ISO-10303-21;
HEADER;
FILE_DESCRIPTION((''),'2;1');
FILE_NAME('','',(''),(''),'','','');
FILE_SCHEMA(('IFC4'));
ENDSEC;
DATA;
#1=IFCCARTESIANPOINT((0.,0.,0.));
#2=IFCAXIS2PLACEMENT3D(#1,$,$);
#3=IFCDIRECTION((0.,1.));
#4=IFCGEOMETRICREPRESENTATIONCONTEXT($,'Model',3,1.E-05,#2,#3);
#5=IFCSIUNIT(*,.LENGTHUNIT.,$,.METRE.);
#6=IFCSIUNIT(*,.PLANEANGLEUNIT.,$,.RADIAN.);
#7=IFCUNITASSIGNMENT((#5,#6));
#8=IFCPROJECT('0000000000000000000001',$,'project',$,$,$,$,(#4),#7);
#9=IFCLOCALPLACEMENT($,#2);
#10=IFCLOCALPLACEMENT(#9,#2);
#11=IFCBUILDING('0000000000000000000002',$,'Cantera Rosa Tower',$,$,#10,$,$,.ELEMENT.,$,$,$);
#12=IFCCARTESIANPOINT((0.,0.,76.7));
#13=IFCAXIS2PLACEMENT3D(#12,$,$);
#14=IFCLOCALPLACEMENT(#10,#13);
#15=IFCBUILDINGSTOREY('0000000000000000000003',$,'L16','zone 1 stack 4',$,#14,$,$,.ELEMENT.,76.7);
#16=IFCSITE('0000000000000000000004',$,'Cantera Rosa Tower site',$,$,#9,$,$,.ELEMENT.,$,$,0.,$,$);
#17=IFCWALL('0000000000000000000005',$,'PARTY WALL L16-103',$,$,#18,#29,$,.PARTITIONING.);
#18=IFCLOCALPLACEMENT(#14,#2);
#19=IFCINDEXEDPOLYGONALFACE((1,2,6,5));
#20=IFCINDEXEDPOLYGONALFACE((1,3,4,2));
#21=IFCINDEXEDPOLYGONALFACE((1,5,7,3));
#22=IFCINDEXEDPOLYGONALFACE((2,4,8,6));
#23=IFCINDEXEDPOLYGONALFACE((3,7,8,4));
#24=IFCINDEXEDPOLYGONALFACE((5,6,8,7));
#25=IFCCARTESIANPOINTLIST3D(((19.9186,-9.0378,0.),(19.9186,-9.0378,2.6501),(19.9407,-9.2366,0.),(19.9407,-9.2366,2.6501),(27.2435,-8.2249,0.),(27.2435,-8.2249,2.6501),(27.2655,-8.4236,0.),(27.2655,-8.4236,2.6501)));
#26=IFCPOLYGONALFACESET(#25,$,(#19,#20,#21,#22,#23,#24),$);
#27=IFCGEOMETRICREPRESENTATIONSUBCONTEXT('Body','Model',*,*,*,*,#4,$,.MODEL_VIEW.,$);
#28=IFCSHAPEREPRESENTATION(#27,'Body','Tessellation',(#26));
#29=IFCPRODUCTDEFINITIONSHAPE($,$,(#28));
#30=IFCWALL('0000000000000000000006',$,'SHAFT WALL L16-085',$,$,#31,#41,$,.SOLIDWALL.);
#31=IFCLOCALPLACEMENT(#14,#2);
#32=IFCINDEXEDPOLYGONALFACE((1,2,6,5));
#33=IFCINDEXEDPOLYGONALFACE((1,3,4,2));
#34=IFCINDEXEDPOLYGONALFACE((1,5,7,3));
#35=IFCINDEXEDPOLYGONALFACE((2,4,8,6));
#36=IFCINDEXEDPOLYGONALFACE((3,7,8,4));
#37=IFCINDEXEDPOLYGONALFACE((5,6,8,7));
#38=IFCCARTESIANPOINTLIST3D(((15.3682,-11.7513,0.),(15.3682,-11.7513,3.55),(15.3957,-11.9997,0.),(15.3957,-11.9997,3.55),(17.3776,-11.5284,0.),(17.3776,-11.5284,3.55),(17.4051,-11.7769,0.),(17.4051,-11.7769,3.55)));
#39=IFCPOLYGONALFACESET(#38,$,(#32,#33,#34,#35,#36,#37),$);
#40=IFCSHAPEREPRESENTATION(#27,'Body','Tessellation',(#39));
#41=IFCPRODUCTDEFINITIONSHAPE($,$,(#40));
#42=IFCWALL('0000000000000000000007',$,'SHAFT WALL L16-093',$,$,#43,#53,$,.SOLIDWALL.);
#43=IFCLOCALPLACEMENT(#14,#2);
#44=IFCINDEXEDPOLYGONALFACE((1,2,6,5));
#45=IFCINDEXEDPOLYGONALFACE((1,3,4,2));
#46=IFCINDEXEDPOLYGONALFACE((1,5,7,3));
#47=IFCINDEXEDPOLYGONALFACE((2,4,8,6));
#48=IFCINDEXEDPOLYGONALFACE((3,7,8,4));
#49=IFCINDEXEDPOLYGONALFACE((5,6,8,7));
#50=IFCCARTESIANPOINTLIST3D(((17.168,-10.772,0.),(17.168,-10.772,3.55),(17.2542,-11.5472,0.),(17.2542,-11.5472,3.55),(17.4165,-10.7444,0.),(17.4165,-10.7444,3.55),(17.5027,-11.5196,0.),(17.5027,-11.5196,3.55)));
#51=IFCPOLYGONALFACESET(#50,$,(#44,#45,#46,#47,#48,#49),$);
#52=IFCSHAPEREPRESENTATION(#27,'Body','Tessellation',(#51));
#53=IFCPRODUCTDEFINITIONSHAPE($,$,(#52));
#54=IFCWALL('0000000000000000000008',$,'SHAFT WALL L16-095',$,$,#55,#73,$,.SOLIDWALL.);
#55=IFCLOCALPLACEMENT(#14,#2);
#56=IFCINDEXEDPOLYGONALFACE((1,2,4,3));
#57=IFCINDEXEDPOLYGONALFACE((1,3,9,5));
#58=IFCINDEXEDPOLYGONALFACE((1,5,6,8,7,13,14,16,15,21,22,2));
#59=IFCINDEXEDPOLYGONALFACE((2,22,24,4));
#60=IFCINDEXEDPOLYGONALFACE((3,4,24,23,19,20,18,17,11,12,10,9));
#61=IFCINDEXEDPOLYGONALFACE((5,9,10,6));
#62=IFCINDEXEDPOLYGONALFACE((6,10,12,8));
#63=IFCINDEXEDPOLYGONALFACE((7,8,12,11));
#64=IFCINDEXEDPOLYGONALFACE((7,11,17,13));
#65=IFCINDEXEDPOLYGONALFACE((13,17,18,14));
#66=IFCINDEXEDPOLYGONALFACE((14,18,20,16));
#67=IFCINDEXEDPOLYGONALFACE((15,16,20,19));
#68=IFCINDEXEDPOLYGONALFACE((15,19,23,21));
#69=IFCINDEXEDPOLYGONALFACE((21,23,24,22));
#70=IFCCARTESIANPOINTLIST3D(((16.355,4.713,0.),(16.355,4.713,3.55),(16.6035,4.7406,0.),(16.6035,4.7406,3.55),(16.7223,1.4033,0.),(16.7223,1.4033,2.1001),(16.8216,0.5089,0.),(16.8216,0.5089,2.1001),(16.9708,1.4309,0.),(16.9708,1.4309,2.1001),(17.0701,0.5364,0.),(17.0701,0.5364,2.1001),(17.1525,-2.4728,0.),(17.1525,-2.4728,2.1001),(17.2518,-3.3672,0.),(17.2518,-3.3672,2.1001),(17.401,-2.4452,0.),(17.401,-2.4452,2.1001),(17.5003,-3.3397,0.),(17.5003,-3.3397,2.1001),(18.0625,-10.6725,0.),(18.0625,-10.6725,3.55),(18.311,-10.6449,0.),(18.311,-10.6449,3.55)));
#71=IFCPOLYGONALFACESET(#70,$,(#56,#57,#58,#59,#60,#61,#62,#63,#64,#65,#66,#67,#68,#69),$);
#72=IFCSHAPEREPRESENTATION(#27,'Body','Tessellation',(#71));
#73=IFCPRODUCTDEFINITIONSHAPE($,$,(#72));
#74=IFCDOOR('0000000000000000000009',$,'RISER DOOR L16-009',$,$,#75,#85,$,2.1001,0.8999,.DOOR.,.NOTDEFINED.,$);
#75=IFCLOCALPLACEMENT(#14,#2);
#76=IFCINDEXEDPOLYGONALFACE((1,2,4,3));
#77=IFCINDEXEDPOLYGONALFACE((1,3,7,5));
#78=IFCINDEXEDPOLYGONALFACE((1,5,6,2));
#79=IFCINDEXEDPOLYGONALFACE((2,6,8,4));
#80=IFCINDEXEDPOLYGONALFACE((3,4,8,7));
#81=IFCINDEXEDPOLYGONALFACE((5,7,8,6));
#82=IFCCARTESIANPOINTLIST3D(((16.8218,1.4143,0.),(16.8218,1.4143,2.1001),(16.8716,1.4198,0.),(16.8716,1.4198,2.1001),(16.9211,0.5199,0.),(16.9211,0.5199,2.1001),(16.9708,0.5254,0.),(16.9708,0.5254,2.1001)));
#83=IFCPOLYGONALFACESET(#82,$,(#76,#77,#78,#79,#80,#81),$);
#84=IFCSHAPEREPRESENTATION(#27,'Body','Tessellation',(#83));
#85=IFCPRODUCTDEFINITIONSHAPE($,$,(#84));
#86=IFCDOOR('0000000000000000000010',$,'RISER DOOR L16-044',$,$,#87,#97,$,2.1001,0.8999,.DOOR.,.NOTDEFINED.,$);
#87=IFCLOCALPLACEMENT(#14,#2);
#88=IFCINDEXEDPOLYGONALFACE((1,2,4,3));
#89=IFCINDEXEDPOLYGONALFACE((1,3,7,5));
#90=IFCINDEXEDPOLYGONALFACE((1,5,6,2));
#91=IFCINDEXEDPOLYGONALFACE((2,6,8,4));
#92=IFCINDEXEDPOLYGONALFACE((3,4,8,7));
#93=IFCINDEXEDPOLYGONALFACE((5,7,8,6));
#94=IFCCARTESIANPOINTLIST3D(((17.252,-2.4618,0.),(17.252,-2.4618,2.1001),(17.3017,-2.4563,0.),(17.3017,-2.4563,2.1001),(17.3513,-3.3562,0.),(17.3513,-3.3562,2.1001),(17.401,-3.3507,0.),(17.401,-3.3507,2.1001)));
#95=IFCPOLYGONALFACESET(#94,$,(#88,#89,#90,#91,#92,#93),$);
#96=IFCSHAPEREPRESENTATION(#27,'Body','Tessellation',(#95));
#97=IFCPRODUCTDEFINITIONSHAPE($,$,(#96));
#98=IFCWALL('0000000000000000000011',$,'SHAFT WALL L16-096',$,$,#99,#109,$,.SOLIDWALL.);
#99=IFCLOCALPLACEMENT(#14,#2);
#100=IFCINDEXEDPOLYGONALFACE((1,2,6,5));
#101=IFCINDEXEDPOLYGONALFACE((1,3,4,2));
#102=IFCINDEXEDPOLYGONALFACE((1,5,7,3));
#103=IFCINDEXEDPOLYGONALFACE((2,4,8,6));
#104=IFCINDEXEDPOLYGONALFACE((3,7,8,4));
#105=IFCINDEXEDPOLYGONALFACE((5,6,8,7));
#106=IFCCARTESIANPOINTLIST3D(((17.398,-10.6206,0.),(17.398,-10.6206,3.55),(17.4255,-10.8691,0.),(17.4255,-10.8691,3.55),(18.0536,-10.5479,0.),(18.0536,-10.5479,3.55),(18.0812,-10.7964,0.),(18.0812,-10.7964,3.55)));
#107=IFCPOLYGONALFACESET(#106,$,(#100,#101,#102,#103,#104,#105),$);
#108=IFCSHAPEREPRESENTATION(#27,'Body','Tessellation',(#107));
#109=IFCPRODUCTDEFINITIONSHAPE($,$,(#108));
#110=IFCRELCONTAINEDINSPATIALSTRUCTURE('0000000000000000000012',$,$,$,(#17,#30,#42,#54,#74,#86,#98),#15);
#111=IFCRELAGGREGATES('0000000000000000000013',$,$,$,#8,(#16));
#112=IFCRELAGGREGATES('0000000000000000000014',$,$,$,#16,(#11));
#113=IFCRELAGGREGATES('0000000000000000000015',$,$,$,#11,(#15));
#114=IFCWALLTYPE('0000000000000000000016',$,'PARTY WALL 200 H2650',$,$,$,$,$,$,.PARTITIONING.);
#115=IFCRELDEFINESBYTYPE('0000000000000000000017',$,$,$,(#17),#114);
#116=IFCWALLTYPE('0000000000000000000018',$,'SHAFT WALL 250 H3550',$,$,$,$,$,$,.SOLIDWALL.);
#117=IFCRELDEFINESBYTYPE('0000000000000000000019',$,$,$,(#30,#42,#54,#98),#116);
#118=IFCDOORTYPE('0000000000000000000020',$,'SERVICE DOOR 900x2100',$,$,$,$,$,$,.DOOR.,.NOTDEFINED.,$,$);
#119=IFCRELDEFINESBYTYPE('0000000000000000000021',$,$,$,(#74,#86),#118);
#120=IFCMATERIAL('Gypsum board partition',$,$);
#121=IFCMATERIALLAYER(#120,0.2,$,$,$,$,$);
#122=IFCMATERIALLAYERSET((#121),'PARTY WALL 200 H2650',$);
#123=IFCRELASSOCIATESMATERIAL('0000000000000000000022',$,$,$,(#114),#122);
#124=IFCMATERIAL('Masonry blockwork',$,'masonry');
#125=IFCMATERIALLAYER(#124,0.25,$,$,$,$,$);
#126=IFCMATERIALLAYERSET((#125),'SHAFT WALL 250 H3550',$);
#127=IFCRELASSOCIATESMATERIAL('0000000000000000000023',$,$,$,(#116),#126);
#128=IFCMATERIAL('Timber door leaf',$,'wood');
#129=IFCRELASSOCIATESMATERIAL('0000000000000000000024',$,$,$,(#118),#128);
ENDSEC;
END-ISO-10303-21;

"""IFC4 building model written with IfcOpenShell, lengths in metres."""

from ifc_helpers import new_model, si_unit, direction, frame, frame_2d, origin, place, context, subcontext, project, spatial, rectangle, extrude, material, layer, layer_set, type_object, element, fill, save


model = new_model("IFC4")

# Units and contexts
model_context = context("Model", 3, precision=1e-05, world=origin(), true_north=direction((0.0, 1.0)))
body_context = subcontext(model_context, "Body", "Model", "MODEL_VIEW")
ifc_project = project(units=[si_unit("LENGTHUNIT", "METRE"), si_unit("PLANEANGLEUNIT", "RADIAN")], contexts=[model_context])

# Site, building, storey
site_placement = place(None, origin())
site = spatial("IfcSite", under=ifc_project, at=site_placement, Name="Cantera Rosa Tower site", CompositionType="ELEMENT", RefElevation=0.0)
building_placement = place(site_placement, origin())
building = spatial("IfcBuilding", under=site, at=building_placement, Name="Cantera Rosa Tower", CompositionType="ELEMENT")
storey_placement = place(building_placement, frame((0.0, 0.0, 76.7)))
storey = spatial("IfcBuildingStorey", under=building, at=storey_placement, Name="L16", Description="zone 1 stack 4", CompositionType="ELEMENT", Elevation=76.7)

# Walls
ifc_material_1 = material(Name="Gypsum board partition")
ifc_layer_1 = layer(ifc_material_1, 0.2)
ifc_layer_set_1 = layer_set([ifc_layer_1], Name="PARTY WALL 200 H2650")
wall_type_1 = type_object("IfcWallType", Name="PARTY WALL 200 H2650", PredefinedType="PARTITIONING", material=ifc_layer_set_1)
wall_1_placement = place(storey_placement, frame((27.2546, -8.3242, 0.0), z_axis=(0.0, 0.0, 1.0), x_axis=(-0.993897, -0.110312, 0.0)))
element("IfcWall", 1, at=wall_1_placement, inside=storey, type_object=wall_type_1, Name="PARTY WALL L16-103", PredefinedType="PARTITIONING", context=body_context, shape_type="SweptSolid", body=[
    extrude(rectangle(XDim=7.3699, YDim=0.2, at=frame_2d((3.6851, 0.0))), origin(), (0.0, 0.0, 1.0), 2.6501),
])
ifc_material_2 = material(Name="Masonry blockwork", Category="masonry")
ifc_layer_2 = layer(ifc_material_2, 0.25)
ifc_layer_set_2 = layer_set([ifc_layer_2], Name="SHAFT WALL 250 H3550")
wall_type_2 = type_object("IfcWallType", Name="SHAFT WALL 250 H3550", PredefinedType="SOLIDWALL", material=ifc_layer_set_2)
wall_2_placement = place(storey_placement, frame((15.3821, -11.8755, 0.0), z_axis=(0.0, 0.0, 1.0), x_axis=(0.993904, 0.110246, 0.0)))
element("IfcWall", 2, at=wall_2_placement, inside=storey, type_object=wall_type_2, Name="SHAFT WALL L16-085", PredefinedType="SOLIDWALL", context=body_context, shape_type="SweptSolid", body=[
    extrude(rectangle(XDim=2.0217, YDim=0.25, at=frame_2d((1.0107, 0.0))), origin(), (0.0, 0.0, 1.0), 3.55),
])
wall_3_placement = place(storey_placement, frame((17.2922, -10.7581, 0.0), z_axis=(0.0, 0.0, 1.0), x_axis=(0.1105, -0.993876, 0.0)))
element("IfcWall", 3, at=wall_3_placement, inside=storey, type_object=wall_type_2, Name="SHAFT WALL L16-093", PredefinedType="SOLIDWALL", context=body_context, shape_type="SweptSolid", body=[
    extrude(rectangle(XDim=0.78, YDim=0.25, at=frame_2d((0.3901, 0.0))), origin(), (0.0, 0.0, 1.0), 3.55),
])

# Wall, openings, doors
wall_4_placement = place(storey_placement, frame((18.1868, -10.6587, 0.0), z_axis=(0.0, 0.0, 1.0), x_axis=(-0.110305, 0.993898, 0.0)))
wall_4 = element("IfcWall", 4, at=wall_4_placement, inside=storey, type_object=wall_type_2, Name="SHAFT WALL L16-095", PredefinedType="SOLIDWALL", context=body_context, shape_type="SweptSolid", body=[
    extrude(rectangle(XDim=15.48, YDim=0.25, at=frame_2d((7.74, 0.0))), origin(), (0.0, 0.0, 1.0), 3.55),
])
opening_1_placement = place(wall_4_placement, frame((11.25, 0.0, 0.0)))
opening_1 = element("IfcOpeningElement", 5, at=opening_1_placement, cuts=wall_4, PredefinedType="OPENING", context=body_context, shape_type="SweptSolid", body=[
    extrude(rectangle(XDim=0.8999, YDim=2.1001, at=frame_2d((0.45, 1.05))), frame((0.0, 0.135, 0.0), z_axis=(0.0, -1.0, 0.0), x_axis=(1.0, 0.0, 0.0)), (0.0, 0.0, 1.0), 0.27),
])
opening_2_placement = place(wall_4_placement, frame((7.3501, 0.0, 0.0)))
opening_2 = element("IfcOpeningElement", 6, at=opening_2_placement, cuts=wall_4, PredefinedType="OPENING", context=body_context, shape_type="SweptSolid", body=[
    extrude(rectangle(XDim=0.8999, YDim=2.1001, at=frame_2d((0.45, 1.05))), frame((0.0, 0.135, 0.0), z_axis=(0.0, -1.0, 0.0), x_axis=(1.0, 0.0, 0.0)), (0.0, 0.0, 1.0), 0.27),
])
ifc_material_3 = material(Name="Timber door leaf", Category="wood")
door_type_1 = type_object("IfcDoorType", Name="SERVICE DOOR 900x2100", OperationType="NOTDEFINED", PredefinedType="DOOR", material=ifc_material_3)
door_1_placement = place(opening_1_placement, origin())
door_1 = element("IfcDoor", 7, at=door_1_placement, inside=storey, type_object=door_type_1, Name="RISER DOOR L16-009", OperationType="NOTDEFINED", OverallHeight=2.1001, OverallWidth=0.8999, PredefinedType="DOOR", context=body_context, shape_type="SweptSolid", body=[
    extrude(rectangle(XDim=0.8999, YDim=2.1001, at=frame_2d((0.45, 1.05))), frame((0.0, 0.0249, 0.0), z_axis=(0.0, -1.0, 0.0), x_axis=(1.0, 0.0, 0.0)), (0.0, 0.0, 1.0), 0.05),
])
fill(opening_1, door_1)
door_2_placement = place(opening_2_placement, origin())
door_2 = element("IfcDoor", 8, at=door_2_placement, inside=storey, type_object=door_type_1, Name="RISER DOOR L16-044", OperationType="NOTDEFINED", OverallHeight=2.1001, OverallWidth=0.8999, PredefinedType="DOOR", context=body_context, shape_type="SweptSolid", body=[
    extrude(rectangle(XDim=0.8999, YDim=2.1001, at=frame_2d((0.45, 1.05))), frame((0.0, 0.0249, 0.0), z_axis=(0.0, -1.0, 0.0), x_axis=(1.0, 0.0, 0.0)), (0.0, 0.0, 1.0), 0.05),
])
fill(opening_2, door_2)

# Wall
wall_5_placement = place(storey_placement, frame((18.0674, -10.6721, 0.0), z_axis=(0.0, 0.0, 1.0), x_axis=(-0.993902, -0.110269, 0.0)))
element("IfcWall", 9, at=wall_5_placement, inside=storey, type_object=wall_type_2, Name="SHAFT WALL L16-096", PredefinedType="SOLIDWALL", context=body_context, shape_type="SweptSolid", body=[
    extrude(rectangle(XDim=0.6597, YDim=0.25, at=frame_2d((0.3298, 0.0))), origin(), (0.0, 0.0, 1.0), 3.55),
])

save(model, "model.ifc")
